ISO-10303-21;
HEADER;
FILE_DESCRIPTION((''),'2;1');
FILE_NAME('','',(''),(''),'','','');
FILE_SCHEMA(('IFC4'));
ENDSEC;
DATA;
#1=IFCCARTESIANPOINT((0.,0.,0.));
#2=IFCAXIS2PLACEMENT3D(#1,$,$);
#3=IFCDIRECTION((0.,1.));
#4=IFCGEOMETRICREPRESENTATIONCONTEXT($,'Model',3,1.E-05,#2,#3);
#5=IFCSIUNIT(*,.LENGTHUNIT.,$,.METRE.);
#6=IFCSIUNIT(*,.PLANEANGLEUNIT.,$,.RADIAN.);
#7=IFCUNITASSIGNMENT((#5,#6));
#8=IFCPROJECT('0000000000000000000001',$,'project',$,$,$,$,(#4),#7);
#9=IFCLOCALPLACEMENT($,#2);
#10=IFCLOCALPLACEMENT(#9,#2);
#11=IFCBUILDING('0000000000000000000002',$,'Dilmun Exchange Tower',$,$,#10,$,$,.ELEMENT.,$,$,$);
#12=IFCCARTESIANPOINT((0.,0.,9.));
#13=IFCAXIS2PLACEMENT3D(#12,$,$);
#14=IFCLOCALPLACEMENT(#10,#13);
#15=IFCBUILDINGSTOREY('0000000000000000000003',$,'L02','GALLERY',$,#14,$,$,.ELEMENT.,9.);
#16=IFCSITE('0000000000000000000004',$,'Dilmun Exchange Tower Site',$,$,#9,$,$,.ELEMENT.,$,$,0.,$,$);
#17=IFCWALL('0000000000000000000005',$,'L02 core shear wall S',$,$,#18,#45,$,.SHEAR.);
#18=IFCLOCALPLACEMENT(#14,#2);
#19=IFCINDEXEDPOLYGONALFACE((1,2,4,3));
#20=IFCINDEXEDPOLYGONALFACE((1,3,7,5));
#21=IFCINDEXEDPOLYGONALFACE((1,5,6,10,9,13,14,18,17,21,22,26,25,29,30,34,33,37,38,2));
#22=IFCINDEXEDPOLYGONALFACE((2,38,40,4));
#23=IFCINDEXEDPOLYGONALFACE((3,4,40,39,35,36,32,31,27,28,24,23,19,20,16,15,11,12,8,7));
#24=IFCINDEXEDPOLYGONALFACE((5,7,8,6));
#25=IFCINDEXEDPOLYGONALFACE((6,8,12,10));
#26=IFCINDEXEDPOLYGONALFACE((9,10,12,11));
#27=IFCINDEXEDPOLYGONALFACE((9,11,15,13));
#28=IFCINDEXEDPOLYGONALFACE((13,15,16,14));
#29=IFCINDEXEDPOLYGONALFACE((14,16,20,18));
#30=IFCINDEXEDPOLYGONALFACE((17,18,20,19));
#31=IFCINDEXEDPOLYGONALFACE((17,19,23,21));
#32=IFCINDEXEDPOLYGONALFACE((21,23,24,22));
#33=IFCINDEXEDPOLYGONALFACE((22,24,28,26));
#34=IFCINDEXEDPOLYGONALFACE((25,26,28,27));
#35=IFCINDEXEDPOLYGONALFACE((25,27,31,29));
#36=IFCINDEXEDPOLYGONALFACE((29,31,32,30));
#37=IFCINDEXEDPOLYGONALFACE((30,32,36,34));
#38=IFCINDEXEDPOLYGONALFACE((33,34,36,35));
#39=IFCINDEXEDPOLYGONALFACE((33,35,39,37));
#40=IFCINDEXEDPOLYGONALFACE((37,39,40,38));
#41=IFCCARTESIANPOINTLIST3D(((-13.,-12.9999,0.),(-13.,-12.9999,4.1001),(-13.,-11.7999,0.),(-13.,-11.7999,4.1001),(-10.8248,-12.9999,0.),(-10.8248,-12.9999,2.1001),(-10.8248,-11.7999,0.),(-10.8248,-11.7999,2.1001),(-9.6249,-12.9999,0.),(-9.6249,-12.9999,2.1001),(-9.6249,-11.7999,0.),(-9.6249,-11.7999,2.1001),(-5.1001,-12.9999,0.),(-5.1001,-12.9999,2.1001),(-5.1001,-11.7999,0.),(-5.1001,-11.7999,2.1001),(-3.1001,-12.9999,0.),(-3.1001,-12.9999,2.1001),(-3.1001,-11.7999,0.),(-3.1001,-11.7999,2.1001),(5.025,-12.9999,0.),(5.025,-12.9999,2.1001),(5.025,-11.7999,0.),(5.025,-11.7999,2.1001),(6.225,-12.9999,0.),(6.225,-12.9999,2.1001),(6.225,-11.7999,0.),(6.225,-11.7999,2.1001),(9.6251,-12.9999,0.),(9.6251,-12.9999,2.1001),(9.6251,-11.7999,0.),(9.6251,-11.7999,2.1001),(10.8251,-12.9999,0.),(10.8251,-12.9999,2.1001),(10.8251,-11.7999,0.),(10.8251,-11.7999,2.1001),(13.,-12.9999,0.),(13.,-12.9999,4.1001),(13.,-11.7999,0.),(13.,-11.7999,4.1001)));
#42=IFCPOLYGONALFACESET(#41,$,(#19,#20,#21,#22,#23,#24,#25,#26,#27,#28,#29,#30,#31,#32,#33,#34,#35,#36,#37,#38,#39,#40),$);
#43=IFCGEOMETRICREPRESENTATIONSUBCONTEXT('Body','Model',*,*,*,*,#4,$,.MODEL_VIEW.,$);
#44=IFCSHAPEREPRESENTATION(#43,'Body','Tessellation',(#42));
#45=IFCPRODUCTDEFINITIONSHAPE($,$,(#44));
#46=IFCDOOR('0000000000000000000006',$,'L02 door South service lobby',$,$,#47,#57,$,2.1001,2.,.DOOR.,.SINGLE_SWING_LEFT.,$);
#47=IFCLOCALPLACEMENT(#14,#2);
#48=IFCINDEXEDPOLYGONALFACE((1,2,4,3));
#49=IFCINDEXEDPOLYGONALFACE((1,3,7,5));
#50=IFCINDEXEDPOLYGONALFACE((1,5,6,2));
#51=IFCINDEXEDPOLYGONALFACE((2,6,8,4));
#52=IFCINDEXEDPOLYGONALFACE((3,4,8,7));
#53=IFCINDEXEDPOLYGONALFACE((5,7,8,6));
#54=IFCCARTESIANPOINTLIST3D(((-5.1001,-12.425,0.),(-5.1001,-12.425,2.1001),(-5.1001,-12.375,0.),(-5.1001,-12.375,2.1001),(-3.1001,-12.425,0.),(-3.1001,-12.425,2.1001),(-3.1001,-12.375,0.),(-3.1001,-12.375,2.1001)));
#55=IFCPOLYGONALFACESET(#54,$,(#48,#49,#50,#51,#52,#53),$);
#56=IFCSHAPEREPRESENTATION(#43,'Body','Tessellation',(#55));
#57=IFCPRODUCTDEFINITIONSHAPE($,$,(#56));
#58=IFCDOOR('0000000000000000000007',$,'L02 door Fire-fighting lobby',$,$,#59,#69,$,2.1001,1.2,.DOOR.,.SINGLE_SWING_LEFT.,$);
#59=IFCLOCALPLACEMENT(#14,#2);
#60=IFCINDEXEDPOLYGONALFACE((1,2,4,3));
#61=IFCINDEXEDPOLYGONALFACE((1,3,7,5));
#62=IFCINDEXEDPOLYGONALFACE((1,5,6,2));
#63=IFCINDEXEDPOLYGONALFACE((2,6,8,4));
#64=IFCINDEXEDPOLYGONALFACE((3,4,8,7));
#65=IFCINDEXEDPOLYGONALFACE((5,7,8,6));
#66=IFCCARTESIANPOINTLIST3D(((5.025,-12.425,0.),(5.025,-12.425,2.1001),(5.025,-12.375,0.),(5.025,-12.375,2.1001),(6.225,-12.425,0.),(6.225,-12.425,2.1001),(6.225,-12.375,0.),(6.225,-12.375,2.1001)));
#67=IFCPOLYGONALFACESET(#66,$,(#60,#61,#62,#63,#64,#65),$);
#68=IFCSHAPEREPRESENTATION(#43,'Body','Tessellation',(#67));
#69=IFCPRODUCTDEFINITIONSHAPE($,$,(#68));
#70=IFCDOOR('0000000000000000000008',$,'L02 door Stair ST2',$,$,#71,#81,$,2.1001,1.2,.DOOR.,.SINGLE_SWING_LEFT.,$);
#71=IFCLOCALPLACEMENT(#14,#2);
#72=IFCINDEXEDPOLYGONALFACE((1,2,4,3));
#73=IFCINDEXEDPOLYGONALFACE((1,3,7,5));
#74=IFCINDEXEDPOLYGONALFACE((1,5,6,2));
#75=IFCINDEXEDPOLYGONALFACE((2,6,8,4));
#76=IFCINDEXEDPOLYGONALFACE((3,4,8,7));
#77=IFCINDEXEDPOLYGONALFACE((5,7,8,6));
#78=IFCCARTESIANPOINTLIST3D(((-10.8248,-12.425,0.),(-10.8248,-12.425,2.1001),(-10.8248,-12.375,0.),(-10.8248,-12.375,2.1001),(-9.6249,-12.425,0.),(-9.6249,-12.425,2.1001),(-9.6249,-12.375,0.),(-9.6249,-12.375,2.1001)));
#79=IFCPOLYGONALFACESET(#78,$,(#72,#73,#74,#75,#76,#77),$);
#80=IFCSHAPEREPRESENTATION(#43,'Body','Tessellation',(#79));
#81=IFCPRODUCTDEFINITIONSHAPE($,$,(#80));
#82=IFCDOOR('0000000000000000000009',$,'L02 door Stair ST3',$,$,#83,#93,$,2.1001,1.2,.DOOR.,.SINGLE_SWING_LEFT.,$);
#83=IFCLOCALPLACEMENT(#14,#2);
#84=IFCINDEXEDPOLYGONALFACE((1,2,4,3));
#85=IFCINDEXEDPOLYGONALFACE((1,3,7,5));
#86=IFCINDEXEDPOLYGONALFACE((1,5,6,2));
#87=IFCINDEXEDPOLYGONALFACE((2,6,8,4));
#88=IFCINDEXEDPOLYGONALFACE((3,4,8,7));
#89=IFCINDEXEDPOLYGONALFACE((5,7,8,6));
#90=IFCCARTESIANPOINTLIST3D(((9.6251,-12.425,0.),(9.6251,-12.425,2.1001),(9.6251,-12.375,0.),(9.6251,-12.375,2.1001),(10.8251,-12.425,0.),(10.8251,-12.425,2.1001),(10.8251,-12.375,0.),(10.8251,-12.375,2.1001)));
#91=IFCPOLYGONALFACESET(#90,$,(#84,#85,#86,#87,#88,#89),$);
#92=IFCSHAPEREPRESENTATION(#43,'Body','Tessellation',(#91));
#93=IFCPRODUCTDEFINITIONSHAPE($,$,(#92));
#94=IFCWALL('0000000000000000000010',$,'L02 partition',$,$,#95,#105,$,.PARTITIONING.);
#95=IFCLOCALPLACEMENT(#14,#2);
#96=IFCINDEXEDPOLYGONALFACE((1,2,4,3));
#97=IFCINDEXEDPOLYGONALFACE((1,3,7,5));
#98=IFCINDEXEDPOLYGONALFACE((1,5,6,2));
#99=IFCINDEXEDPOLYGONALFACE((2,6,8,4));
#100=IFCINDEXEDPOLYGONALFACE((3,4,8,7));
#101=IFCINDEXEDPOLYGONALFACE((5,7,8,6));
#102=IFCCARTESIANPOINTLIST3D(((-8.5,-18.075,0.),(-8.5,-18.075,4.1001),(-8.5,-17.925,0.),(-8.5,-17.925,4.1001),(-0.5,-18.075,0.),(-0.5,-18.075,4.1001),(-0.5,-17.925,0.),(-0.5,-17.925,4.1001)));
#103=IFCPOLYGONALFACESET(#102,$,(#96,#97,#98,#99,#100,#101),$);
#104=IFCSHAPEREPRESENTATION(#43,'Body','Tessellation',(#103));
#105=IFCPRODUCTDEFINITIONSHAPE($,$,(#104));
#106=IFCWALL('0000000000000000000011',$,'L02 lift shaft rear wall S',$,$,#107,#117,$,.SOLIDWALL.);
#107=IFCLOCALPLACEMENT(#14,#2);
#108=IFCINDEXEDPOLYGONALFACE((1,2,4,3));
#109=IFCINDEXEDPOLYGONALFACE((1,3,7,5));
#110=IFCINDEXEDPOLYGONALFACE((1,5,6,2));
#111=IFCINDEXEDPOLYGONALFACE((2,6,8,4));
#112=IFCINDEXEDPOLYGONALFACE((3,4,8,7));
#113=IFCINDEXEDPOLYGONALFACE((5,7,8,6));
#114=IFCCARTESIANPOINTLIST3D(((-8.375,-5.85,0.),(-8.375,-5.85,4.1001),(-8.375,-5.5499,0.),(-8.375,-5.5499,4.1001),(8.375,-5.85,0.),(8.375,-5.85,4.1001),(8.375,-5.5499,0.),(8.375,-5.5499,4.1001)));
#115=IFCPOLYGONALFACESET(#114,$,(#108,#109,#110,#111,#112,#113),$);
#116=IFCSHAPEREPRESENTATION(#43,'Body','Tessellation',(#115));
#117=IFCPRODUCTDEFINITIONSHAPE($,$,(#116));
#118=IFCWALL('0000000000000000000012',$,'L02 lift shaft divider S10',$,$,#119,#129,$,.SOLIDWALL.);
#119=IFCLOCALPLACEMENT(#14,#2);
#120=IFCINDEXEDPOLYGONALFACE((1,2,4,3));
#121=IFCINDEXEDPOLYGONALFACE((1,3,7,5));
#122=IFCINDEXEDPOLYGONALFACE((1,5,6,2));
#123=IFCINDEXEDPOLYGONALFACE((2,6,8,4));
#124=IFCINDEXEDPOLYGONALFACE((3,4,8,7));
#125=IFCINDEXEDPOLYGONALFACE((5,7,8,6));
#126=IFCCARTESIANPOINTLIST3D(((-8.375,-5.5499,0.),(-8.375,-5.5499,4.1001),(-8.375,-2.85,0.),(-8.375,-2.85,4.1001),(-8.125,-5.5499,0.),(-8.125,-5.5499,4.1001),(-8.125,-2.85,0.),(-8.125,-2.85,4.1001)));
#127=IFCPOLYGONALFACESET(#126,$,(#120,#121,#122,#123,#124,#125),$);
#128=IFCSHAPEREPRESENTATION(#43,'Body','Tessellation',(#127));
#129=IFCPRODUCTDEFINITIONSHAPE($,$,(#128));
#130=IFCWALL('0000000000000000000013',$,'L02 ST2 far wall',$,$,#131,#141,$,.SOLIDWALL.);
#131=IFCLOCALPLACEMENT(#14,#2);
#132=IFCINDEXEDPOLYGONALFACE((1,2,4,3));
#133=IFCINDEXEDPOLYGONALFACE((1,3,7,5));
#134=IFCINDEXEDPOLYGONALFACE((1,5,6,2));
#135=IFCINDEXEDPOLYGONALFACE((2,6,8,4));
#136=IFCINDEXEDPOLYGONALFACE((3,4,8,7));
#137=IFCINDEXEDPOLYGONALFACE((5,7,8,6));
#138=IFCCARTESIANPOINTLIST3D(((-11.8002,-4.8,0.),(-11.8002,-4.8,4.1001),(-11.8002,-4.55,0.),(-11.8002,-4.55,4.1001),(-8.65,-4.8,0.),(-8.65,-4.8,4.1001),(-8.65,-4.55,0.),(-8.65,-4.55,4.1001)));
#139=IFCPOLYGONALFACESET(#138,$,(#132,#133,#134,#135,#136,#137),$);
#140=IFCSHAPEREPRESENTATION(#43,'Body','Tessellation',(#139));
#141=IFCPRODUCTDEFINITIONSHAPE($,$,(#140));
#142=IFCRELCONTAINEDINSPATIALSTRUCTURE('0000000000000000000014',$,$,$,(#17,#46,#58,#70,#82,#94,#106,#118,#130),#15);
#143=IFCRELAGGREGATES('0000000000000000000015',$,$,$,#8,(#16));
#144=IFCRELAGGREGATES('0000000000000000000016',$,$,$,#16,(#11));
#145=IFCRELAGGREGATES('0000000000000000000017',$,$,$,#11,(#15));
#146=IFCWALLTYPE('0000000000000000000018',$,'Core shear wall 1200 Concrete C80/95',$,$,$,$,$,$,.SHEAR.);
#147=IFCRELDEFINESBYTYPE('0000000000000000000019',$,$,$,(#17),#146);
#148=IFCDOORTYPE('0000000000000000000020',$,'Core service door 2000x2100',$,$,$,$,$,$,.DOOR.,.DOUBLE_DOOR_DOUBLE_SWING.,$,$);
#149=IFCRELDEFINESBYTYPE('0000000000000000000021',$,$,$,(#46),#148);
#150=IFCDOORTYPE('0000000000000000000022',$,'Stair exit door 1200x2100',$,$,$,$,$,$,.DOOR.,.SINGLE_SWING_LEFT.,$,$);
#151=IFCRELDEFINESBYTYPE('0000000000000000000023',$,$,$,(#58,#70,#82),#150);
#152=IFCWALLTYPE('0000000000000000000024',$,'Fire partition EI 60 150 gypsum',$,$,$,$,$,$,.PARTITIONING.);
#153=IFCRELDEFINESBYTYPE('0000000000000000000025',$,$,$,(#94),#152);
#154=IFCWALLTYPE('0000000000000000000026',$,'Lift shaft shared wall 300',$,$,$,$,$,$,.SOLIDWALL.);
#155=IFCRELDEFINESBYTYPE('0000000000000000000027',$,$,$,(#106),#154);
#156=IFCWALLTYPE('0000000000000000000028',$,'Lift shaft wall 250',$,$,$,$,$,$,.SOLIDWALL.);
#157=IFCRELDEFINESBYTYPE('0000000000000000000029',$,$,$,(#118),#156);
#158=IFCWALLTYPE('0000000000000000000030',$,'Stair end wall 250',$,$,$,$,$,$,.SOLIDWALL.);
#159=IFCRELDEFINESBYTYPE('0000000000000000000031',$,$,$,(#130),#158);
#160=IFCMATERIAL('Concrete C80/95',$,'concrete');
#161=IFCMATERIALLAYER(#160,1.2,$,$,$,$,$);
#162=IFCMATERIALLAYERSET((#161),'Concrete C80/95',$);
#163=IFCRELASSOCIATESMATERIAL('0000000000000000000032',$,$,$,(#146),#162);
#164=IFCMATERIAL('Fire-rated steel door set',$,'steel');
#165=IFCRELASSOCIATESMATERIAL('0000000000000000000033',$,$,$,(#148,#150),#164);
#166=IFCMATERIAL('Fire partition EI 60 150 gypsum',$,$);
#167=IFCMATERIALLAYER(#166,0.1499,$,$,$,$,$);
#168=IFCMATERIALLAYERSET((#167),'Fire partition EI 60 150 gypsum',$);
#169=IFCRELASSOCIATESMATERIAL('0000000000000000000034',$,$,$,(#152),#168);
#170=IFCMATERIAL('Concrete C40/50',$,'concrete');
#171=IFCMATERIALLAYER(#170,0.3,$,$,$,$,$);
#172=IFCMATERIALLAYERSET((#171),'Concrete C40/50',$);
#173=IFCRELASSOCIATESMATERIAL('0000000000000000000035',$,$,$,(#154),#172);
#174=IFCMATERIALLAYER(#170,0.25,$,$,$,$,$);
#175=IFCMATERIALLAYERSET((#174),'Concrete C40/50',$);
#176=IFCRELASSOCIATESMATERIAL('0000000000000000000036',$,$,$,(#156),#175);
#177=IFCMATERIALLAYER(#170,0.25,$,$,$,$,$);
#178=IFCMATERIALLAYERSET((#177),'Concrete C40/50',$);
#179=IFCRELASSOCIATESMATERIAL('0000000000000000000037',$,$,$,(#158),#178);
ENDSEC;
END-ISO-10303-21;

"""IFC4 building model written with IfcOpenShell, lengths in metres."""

from ifc_helpers import new_model, si_unit, direction, frame, frame_2d, origin, place, context, subcontext, project, spatial, rectangle, extrude, material, layer, layer_set, type_object, element, fill, save


model = new_model("IFC4")

# Units and contexts
model_context = context("Model", 3, precision=1e-05, world=origin(), true_north=direction((0.0, 1.0)))
body_context = subcontext(model_context, "Body", "Model", "MODEL_VIEW")
ifc_project = project(units=[si_unit("LENGTHUNIT", "METRE"), si_unit("PLANEANGLEUNIT", "RADIAN")], contexts=[model_context])

# Site, building, storey
site_placement = place(None, origin())
site = spatial("IfcSite", under=ifc_project, at=site_placement, Name="Dilmun Exchange Tower Site", CompositionType="ELEMENT", RefElevation=0.0)
building_placement = place(site_placement, origin())
building = spatial("IfcBuilding", under=site, at=building_placement, Name="Dilmun Exchange Tower", CompositionType="ELEMENT")
storey_placement = place(building_placement, frame((0.0, 0.0, 9.0)))
storey = spatial("IfcBuildingStorey", under=building, at=storey_placement, Name="L02", Description="GALLERY", CompositionType="ELEMENT", Elevation=9.0)

# Shared definitions
ifc_material_1 = material(Name="Concrete C40/50", Category="concrete")

# Shared definitions
ifc_material_2 = material(Name="Fire-rated steel door set", Category="steel")

# Wall, openings, doors
ifc_material_3 = material(Name="Concrete C80/95", Category="concrete")
ifc_layer_1 = layer(ifc_material_3, 1.2)
ifc_layer_set_1 = layer_set([ifc_layer_1], Name="Concrete C80/95")
wall_type_1 = type_object("IfcWallType", Name="Core shear wall 1200 Concrete C80/95", PredefinedType="SHEAR", material=ifc_layer_set_1)
wall_1_placement = place(storey_placement, frame((-13.0, -12.3999, 0.0), z_axis=(0.0, 0.0, 1.0), x_axis=(1.0, 0.0, 0.0)))
wall_1 = element("IfcWall", 1, at=wall_1_placement, inside=storey, type_object=wall_type_1, Name="L02 core shear wall S", PredefinedType="SHEAR", context=body_context, shape_type="SweptSolid", body=[
    extrude(rectangle(XDim=26.0, YDim=1.2, at=frame_2d((13.0, 0.0))), origin(), (0.0, 0.0, 1.0), 4.1001),
])
opening_1_placement = place(wall_1_placement, frame((7.8999, 0.0, 0.0)))
opening_1 = element("IfcOpeningElement", 2, at=opening_1_placement, cuts=wall_1, PredefinedType="OPENING", context=body_context, shape_type="SweptSolid", body=[
    extrude(rectangle(XDim=2.0, YDim=2.1001, at=frame_2d((1.0, 1.05))), frame((0.0, 0.6099, 0.0), z_axis=(0.0, -1.0, 0.0), x_axis=(1.0, 0.0, 0.0)), (0.0, 0.0, 1.0), 1.22),
])
opening_2_placement = place(wall_1_placement, frame((18.0249, 0.0, 0.0)))
opening_2 = element("IfcOpeningElement", 3, at=opening_2_placement, cuts=wall_1, PredefinedType="OPENING", context=body_context, shape_type="SweptSolid", body=[
    extrude(rectangle(XDim=1.2, YDim=2.1001, at=frame_2d((0.6001, 1.05))), frame((0.0, 0.6099, 0.0), z_axis=(0.0, -1.0, 0.0), x_axis=(1.0, 0.0, 0.0)), (0.0, 0.0, 1.0), 1.22),
])
opening_3_placement = place(wall_1_placement, frame((2.175, 0.0, 0.0)))
opening_3 = element("IfcOpeningElement", 4, at=opening_3_placement, cuts=wall_1, PredefinedType="OPENING", context=body_context, shape_type="SweptSolid", body=[
    extrude(rectangle(XDim=1.2, YDim=2.1001, at=frame_2d((0.6001, 1.05))), frame((0.0, 0.6099, 0.0), z_axis=(0.0, -1.0, 0.0), x_axis=(1.0, 0.0, 0.0)), (0.0, 0.0, 1.0), 1.22),
])
opening_4_placement = place(wall_1_placement, frame((22.625, 0.0, 0.0)))
opening_4 = element("IfcOpeningElement", 5, at=opening_4_placement, cuts=wall_1, PredefinedType="OPENING", context=body_context, shape_type="SweptSolid", body=[
    extrude(rectangle(XDim=1.2, YDim=2.1001, at=frame_2d((0.6001, 1.05))), frame((0.0, 0.6099, 0.0), z_axis=(0.0, -1.0, 0.0), x_axis=(1.0, 0.0, 0.0)), (0.0, 0.0, 1.0), 1.22),
])
door_type_1 = type_object("IfcDoorType", Name="Core service door 2000x2100", OperationType="DOUBLE_DOOR_DOUBLE_SWING", PredefinedType="DOOR", material=ifc_material_2)
door_1_placement = place(opening_1_placement, origin())
door_1 = element("IfcDoor", 6, at=door_1_placement, inside=storey, type_object=door_type_1, Name="L02 door South service lobby", OperationType="SINGLE_SWING_LEFT", OverallHeight=2.1001, OverallWidth=2.0, PredefinedType="DOOR", context=body_context, shape_type="SweptSolid", body=[
    extrude(rectangle(XDim=2.0, YDim=2.1001, at=frame_2d((1.0, 1.05))), frame((0.0, 0.0249, 0.0), z_axis=(0.0, -1.0, 0.0), x_axis=(1.0, 0.0, 0.0)), (0.0, 0.0, 1.0), 0.05),
])
fill(opening_1, door_1)
door_type_2 = type_object("IfcDoorType", Name="Stair exit door 1200x2100", OperationType="SINGLE_SWING_LEFT", PredefinedType="DOOR", material=ifc_material_2)
door_2_placement = place(opening_2_placement, origin())
door_2 = element("IfcDoor", 7, at=door_2_placement, inside=storey, type_object=door_type_2, Name="L02 door Fire-fighting lobby", OperationType="SINGLE_SWING_LEFT", OverallHeight=2.1001, OverallWidth=1.2, PredefinedType="DOOR", context=body_context, shape_type="SweptSolid", body=[
    extrude(rectangle(XDim=1.2, YDim=2.1001, at=frame_2d((0.6001, 1.05))), frame((0.0, 0.0249, 0.0), z_axis=(0.0, -1.0, 0.0), x_axis=(1.0, 0.0, 0.0)), (0.0, 0.0, 1.0), 0.05),
])
fill(opening_2, door_2)
door_3_placement = place(opening_3_placement, origin())
door_3 = element("IfcDoor", 8, at=door_3_placement, inside=storey, type_object=door_type_2, Name="L02 door Stair ST2", OperationType="SINGLE_SWING_LEFT", OverallHeight=2.1001, OverallWidth=1.2, PredefinedType="DOOR", context=body_context, shape_type="SweptSolid", body=[
    extrude(rectangle(XDim=1.2, YDim=2.1001, at=frame_2d((0.6001, 1.05))), frame((0.0, 0.0249, 0.0), z_axis=(0.0, -1.0, 0.0), x_axis=(1.0, 0.0, 0.0)), (0.0, 0.0, 1.0), 0.05),
])
fill(opening_3, door_3)
door_4_placement = place(opening_4_placement, origin())
door_4 = element("IfcDoor", 9, at=door_4_placement, inside=storey, type_object=door_type_2, Name="L02 door Stair ST3", OperationType="SINGLE_SWING_LEFT", OverallHeight=2.1001, OverallWidth=1.2, PredefinedType="DOOR", context=body_context, shape_type="SweptSolid", body=[
    extrude(rectangle(XDim=1.2, YDim=2.1001, at=frame_2d((0.6001, 1.05))), frame((0.0, 0.0249, 0.0), z_axis=(0.0, -1.0, 0.0), x_axis=(1.0, 0.0, 0.0)), (0.0, 0.0, 1.0), 0.05),
])
fill(opening_4, door_4)

# Walls
ifc_material_4 = material(Name="Fire partition EI 60 150 gypsum")
ifc_layer_2 = layer(ifc_material_4, 0.1499)
ifc_layer_set_2 = layer_set([ifc_layer_2], Name="Fire partition EI 60 150 gypsum")
wall_type_2 = type_object("IfcWallType", Name="Fire partition EI 60 150 gypsum", PredefinedType="PARTITIONING", material=ifc_layer_set_2)
wall_2_placement = place(storey_placement, frame((-8.5, -18.0, 0.0), z_axis=(0.0, 0.0, 1.0), x_axis=(1.0, 0.0, 0.0)))
element("IfcWall", 10, at=wall_2_placement, inside=storey, type_object=wall_type_2, Name="L02 partition", PredefinedType="PARTITIONING", context=body_context, shape_type="SweptSolid", body=[
    extrude(rectangle(XDim=8.0, YDim=0.1499, at=frame_2d((4.0, 0.0))), origin(), (0.0, 0.0, 1.0), 4.1001),
])
ifc_layer_3 = layer(ifc_material_1, 0.3)
ifc_layer_set_3 = layer_set([ifc_layer_3], Name="Concrete C40/50")
wall_type_3 = type_object("IfcWallType", Name="Lift shaft shared wall 300", PredefinedType="SOLIDWALL", material=ifc_layer_set_3)
wall_3_placement = place(storey_placement, frame((-8.375, -5.7, 0.0), z_axis=(0.0, 0.0, 1.0), x_axis=(1.0, 0.0, 0.0)))
element("IfcWall", 11, at=wall_3_placement, inside=storey, type_object=wall_type_3, Name="L02 lift shaft rear wall S", PredefinedType="SOLIDWALL", context=body_context, shape_type="SweptSolid", body=[
    extrude(rectangle(XDim=16.75, YDim=0.3, at=frame_2d((8.375, 0.0))), origin(), (0.0, 0.0, 1.0), 4.1001),
])
ifc_layer_4 = layer(ifc_material_1, 0.25)
ifc_layer_set_4 = layer_set([ifc_layer_4], Name="Concrete C40/50")
wall_type_4 = type_object("IfcWallType", Name="Lift shaft wall 250", PredefinedType="SOLIDWALL", material=ifc_layer_set_4)
wall_4_placement = place(storey_placement, frame((-8.25, -5.55, 0.0), z_axis=(0.0, 0.0, 1.0), x_axis=(0.0, 1.0, 0.0)))
element("IfcWall", 12, at=wall_4_placement, inside=storey, type_object=wall_type_4, Name="L02 lift shaft divider S10", PredefinedType="SOLIDWALL", context=body_context, shape_type="SweptSolid", body=[
    extrude(rectangle(XDim=2.7, YDim=0.25, at=frame_2d((1.3501, 0.0))), origin(), (0.0, 0.0, 1.0), 4.1001),
])
ifc_layer_5 = layer(ifc_material_1, 0.25)
ifc_layer_set_5 = layer_set([ifc_layer_5], Name="Concrete C40/50")
wall_type_5 = type_object("IfcWallType", Name="Stair end wall 250", PredefinedType="SOLIDWALL", material=ifc_layer_set_5)
wall_5_placement = place(storey_placement, frame((-8.6499, -4.675, 0.0), z_axis=(0.0, 0.0, 1.0), x_axis=(-1.0, 0.0, 0.0)))
element("IfcWall", 13, at=wall_5_placement, inside=storey, type_object=wall_type_5, Name="L02 ST2 far wall", PredefinedType="SOLIDWALL", context=body_context, shape_type="SweptSolid", body=[
    extrude(rectangle(XDim=3.1501, YDim=0.25, at=frame_2d((1.5752, 0.0))), origin(), (0.0, 0.0, 1.0), 4.1001),
])

save(model, "model.ifc")
